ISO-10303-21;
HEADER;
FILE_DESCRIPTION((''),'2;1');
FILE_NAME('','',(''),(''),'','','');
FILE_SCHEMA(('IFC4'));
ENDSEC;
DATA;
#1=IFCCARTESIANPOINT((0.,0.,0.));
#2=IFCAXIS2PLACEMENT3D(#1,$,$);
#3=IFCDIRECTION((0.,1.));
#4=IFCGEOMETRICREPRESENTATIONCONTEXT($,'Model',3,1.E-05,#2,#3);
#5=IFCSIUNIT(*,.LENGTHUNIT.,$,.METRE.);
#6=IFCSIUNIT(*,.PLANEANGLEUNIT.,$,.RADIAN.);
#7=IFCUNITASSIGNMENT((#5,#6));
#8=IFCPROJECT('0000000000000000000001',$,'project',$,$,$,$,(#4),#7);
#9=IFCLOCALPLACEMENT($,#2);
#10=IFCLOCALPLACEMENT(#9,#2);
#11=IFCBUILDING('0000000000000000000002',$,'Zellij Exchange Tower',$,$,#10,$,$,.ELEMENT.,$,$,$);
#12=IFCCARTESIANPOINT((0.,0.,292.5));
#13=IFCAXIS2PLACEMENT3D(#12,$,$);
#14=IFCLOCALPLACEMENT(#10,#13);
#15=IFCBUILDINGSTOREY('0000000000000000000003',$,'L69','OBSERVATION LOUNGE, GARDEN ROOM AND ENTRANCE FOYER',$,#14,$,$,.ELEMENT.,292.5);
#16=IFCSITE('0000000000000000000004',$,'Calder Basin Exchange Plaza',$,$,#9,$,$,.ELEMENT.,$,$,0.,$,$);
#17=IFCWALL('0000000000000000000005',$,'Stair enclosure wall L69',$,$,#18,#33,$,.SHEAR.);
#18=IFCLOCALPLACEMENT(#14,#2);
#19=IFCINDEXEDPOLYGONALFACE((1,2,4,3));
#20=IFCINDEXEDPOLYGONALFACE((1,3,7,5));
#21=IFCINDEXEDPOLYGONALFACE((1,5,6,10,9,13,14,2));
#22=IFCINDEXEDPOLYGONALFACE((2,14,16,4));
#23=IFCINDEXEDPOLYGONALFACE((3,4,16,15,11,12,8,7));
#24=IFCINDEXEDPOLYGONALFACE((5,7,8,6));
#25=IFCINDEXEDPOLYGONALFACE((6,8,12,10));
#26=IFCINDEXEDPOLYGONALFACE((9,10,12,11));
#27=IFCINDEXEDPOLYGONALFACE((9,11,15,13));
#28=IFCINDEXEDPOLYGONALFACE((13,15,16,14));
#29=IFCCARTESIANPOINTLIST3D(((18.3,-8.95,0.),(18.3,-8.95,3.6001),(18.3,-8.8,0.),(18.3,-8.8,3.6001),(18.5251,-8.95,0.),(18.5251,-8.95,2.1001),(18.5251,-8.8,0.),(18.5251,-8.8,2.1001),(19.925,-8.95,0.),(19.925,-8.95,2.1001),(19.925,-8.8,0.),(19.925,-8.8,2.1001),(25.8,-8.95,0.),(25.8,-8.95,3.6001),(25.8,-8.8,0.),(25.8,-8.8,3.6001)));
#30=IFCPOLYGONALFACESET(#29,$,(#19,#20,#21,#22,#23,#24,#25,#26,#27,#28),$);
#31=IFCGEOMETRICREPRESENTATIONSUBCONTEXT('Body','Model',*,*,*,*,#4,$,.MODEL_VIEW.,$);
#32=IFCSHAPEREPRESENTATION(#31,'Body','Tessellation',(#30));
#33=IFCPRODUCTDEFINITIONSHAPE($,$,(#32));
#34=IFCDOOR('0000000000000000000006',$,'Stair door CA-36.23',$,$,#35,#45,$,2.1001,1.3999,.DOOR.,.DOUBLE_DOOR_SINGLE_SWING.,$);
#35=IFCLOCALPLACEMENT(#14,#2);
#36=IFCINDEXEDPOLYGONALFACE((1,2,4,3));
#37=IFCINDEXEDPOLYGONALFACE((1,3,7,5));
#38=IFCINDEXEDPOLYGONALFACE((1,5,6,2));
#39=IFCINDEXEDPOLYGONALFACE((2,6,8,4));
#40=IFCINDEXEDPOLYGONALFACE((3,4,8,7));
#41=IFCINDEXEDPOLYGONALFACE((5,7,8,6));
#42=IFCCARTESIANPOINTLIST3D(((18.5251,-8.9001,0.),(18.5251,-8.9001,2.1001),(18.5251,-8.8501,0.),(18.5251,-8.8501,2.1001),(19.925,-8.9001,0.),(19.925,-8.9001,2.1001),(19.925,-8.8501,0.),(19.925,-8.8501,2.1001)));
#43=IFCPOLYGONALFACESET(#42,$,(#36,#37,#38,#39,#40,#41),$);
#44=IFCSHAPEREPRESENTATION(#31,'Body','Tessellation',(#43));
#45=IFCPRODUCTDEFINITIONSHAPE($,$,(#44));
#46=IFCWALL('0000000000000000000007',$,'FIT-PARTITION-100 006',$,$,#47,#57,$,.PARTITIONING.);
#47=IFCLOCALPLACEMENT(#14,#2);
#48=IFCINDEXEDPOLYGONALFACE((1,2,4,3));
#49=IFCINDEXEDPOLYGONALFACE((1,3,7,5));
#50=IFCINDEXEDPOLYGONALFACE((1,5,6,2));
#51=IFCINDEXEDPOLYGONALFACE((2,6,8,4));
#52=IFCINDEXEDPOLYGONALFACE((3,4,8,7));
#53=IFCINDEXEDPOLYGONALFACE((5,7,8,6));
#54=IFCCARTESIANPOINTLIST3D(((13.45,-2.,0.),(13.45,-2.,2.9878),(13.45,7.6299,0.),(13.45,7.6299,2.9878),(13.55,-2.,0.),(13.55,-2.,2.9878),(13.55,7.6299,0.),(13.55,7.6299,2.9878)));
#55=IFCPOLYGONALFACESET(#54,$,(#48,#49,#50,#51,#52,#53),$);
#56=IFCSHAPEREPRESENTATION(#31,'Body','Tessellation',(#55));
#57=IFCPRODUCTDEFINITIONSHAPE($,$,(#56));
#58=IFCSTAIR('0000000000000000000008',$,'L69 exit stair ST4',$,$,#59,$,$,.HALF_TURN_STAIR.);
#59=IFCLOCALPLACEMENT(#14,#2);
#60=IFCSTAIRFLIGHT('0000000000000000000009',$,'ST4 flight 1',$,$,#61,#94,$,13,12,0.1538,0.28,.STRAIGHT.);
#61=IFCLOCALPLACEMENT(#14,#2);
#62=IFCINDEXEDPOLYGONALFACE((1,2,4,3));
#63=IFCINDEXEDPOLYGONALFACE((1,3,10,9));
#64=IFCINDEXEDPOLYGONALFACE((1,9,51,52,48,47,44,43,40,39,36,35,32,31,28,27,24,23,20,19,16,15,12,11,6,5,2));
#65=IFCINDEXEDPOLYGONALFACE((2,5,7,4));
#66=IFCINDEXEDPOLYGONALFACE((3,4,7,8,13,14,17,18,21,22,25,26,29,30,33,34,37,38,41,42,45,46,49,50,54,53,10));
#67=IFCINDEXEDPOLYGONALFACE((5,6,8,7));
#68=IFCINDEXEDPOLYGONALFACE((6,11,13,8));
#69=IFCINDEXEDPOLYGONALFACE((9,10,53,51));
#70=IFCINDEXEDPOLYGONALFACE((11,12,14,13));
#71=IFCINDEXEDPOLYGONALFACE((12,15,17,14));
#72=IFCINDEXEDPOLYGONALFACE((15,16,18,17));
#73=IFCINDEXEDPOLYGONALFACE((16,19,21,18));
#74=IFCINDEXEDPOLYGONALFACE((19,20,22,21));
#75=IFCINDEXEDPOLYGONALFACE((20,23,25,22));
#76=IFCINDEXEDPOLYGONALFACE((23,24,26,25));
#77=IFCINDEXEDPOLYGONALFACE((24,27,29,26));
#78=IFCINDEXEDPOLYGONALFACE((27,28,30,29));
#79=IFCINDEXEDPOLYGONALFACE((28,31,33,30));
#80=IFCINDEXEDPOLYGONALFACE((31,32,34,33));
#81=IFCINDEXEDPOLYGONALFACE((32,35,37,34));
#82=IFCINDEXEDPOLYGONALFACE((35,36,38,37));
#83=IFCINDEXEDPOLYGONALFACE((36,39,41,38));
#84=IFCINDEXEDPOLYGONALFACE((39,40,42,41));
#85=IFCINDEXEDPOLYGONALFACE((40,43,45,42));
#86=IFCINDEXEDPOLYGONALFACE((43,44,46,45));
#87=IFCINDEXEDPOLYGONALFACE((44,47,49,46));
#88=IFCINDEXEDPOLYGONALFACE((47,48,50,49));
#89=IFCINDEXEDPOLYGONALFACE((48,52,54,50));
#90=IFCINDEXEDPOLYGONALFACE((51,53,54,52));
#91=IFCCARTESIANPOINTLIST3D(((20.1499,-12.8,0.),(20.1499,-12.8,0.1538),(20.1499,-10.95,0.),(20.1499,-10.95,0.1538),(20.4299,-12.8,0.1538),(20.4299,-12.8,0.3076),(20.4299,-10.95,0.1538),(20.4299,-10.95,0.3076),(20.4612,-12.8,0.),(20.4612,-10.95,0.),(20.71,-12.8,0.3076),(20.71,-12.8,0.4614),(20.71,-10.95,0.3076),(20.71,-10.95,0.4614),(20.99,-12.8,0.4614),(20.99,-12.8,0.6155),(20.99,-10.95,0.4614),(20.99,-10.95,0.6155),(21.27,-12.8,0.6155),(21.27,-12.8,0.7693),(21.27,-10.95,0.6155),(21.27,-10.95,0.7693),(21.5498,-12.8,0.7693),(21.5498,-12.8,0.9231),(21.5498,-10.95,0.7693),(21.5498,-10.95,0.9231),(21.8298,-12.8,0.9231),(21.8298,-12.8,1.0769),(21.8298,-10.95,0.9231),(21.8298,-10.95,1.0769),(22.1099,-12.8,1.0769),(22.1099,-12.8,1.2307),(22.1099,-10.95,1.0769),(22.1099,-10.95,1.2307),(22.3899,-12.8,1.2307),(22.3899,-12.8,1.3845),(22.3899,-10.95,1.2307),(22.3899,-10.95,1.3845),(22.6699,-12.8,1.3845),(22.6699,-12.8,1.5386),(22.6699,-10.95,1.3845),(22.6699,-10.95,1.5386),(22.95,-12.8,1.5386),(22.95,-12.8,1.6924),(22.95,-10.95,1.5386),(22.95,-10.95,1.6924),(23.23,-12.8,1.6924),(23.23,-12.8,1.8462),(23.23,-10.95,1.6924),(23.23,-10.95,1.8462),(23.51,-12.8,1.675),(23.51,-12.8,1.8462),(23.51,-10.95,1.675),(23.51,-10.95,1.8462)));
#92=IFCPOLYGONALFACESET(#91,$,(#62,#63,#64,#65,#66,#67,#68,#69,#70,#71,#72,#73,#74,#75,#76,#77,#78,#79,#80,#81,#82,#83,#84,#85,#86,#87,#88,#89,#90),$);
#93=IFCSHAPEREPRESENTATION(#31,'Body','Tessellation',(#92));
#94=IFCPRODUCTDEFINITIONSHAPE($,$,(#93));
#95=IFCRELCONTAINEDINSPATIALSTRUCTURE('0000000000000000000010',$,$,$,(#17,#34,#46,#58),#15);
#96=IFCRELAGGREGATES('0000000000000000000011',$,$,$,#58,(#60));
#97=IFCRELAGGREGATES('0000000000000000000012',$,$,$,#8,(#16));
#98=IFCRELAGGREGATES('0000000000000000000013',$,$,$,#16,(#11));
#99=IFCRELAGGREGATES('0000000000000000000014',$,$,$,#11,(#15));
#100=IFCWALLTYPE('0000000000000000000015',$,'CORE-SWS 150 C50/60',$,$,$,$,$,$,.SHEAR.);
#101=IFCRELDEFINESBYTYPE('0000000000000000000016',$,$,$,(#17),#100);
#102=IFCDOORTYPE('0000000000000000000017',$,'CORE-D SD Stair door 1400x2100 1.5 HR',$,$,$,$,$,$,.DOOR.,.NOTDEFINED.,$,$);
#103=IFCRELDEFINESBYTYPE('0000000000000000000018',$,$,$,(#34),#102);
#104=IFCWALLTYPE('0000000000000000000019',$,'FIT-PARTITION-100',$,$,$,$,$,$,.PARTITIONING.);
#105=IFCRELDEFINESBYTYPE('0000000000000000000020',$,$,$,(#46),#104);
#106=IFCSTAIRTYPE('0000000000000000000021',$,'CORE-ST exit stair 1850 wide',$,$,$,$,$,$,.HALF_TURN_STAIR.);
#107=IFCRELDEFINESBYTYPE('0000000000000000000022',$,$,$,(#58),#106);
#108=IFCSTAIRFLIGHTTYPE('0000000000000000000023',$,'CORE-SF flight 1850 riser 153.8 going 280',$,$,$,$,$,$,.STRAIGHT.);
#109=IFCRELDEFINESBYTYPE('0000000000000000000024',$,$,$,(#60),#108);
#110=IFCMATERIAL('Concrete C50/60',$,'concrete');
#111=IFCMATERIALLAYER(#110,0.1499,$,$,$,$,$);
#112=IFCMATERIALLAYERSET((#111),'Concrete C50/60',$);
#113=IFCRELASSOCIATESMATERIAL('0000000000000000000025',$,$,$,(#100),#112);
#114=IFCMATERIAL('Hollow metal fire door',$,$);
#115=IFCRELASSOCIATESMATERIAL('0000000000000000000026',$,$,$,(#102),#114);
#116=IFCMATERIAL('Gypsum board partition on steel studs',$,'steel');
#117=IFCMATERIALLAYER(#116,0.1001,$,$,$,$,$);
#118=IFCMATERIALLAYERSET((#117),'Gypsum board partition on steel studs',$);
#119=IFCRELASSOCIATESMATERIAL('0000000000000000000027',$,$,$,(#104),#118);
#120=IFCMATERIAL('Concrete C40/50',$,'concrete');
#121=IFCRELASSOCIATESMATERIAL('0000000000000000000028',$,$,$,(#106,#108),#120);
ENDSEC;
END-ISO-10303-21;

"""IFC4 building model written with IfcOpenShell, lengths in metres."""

from ifc_helpers import new_model, si_unit, direction, frame, frame_2d, origin, place, context, subcontext, project, spatial, polyline, rectangle, outline, extrude, material, layer, layer_set, type_object, element, fill, aggregate, save


model = new_model("IFC4")

# Units and contexts
model_context = context("Model", 3, precision=1e-05, world=origin(), true_north=direction((0.0, 1.0)))
body_context = subcontext(model_context, "Body", "Model", "MODEL_VIEW")
ifc_project = project(units=[si_unit("LENGTHUNIT", "METRE"), si_unit("PLANEANGLEUNIT", "RADIAN")], contexts=[model_context])

# Site, building, storey
site_placement = place(None, origin())
site = spatial("IfcSite", under=ifc_project, at=site_placement, Name="Calder Basin Exchange Plaza", CompositionType="ELEMENT", RefElevation=0.0)
building_placement = place(site_placement, origin())
building = spatial("IfcBuilding", under=site, at=building_placement, Name="Zellij Exchange Tower", CompositionType="ELEMENT")
storey_placement = place(building_placement, frame((0.0, 0.0, 292.5)))
storey = spatial("IfcBuildingStorey", under=building, at=storey_placement, Name="L69", Description="OBSERVATION LOUNGE, GARDEN ROOM AND ENTRANCE FOYER", CompositionType="ELEMENT", Elevation=292.5)

# Shared definitions
ifc_material_1 = material(Name="Concrete C50/60", Category="concrete")

# Shared definitions
ifc_material_2 = material(Name="Hollow metal fire door")

# Wall, opening, door
ifc_layer_1 = layer(ifc_material_1, 0.1499)
ifc_layer_set_1 = layer_set([ifc_layer_1], Name="Concrete C50/60")
wall_type_1 = type_object("IfcWallType", Name="CORE-SWS 150 C50/60", PredefinedType="SHEAR", material=ifc_layer_set_1)
wall_1_placement = place(storey_placement, frame((18.3, -8.875, 0.0), z_axis=(0.0, 0.0, 1.0), x_axis=(1.0, 0.0, 0.0)))
wall_1 = element("IfcWall", 1, at=wall_1_placement, inside=storey, type_object=wall_type_1, Name="Stair enclosure wall L69", PredefinedType="SHEAR", context=body_context, shape_type="SweptSolid", body=[
    extrude(rectangle(XDim=7.5, YDim=0.1499, at=frame_2d((3.75, 0.0))), origin(), (0.0, 0.0, 1.0), 3.6001),
])
opening_1_placement = place(wall_1_placement, frame((0.2251, 0.0, 0.0)))
opening_1 = element("IfcOpeningElement", 2, at=opening_1_placement, cuts=wall_1, PredefinedType="OPENING", context=body_context, shape_type="SweptSolid", body=[
    extrude(rectangle(XDim=1.3999, YDim=2.1001, at=frame_2d((0.7, 1.05))), frame((0.0, 0.0869, 0.0), z_axis=(0.0, -1.0, 0.0), x_axis=(1.0, 0.0, 0.0)), (0.0, 0.0, 1.0), 0.1738),
])
door_type_1 = type_object("IfcDoorType", Name="CORE-D SD Stair door 1400x2100 1.5 HR", OperationType="NOTDEFINED", PredefinedType="DOOR", material=ifc_material_2)
door_1_placement = place(opening_1_placement, origin())
door_1 = element("IfcDoor", 3, at=door_1_placement, inside=storey, type_object=door_type_1, Name="Stair door CA-36.23", OperationType="DOUBLE_DOOR_SINGLE_SWING", OverallHeight=2.1001, OverallWidth=1.3999, PredefinedType="DOOR", context=body_context, shape_type="SweptSolid", body=[
    extrude(rectangle(XDim=1.3999, YDim=2.1001, at=frame_2d((0.7, 1.05))), frame((0.0, 0.0249, 0.0), z_axis=(0.0, -1.0, 0.0), x_axis=(1.0, 0.0, 0.0)), (0.0, 0.0, 1.0), 0.05),
])
fill(opening_1, door_1)

# Wall
ifc_material_3 = material(Name="Gypsum board partition on steel studs", Category="steel")
ifc_layer_2 = layer(ifc_material_3, 0.1001)
ifc_layer_set_2 = layer_set([ifc_layer_2], Name="Gypsum board partition on steel studs")
wall_type_2 = type_object("IfcWallType", Name="FIT-PARTITION-100", PredefinedType="PARTITIONING", material=ifc_layer_set_2)
wall_2_placement = place(storey_placement, frame((13.5, -2.0, 0.0), z_axis=(0.0, 0.0, 1.0), x_axis=(0.0, 1.0, 0.0)))
element("IfcWall", 4, at=wall_2_placement, inside=storey, type_object=wall_type_2, Name="FIT-PARTITION-100 006", PredefinedType="PARTITIONING", context=body_context, shape_type="SweptSolid", body=[
    extrude(rectangle(XDim=9.6299, YDim=0.1001, at=frame_2d((4.8149, 0.0))), origin(), (0.0, 0.0, 1.0), 2.9878),
])

# Stair, stair flight
ifc_material_4 = material(Name="Concrete C40/50", Category="concrete")
stair_type = type_object("IfcStairType", Name="CORE-ST exit stair 1850 wide", PredefinedType="HALF_TURN_STAIR", material=ifc_material_4)
stair_placement = place(storey_placement, origin())
stair = element("IfcStair", 5, at=stair_placement, inside=storey, type_object=stair_type, Name="L69 exit stair ST4", PredefinedType="HALF_TURN_STAIR")
stair_flight_type = type_object("IfcStairFlightType", Name="CORE-SF flight 1850 riser 153.8 going 280", PredefinedType="STRAIGHT", material=ifc_material_4)
stair_flight_placement = place(storey_placement, frame((20.1499, -11.875, 0.0), z_axis=(0.0, 0.0, 1.0), x_axis=(1.0, 0.0, 0.0)))
stair_flight = element("IfcStairFlight", 6, at=stair_flight_placement, type_object=stair_flight_type, Name="ST4 flight 1", NumberOfRisers=13, NumberOfTreads=12, PredefinedType="STRAIGHT", RiserHeight=0.1538, TreadLength=0.28, context=body_context, shape_type="SweptSolid", body=[
    extrude(outline(polyline([(0.0, 0.0), (0.0, 0.1538), (0.28, 0.1538), (0.28, 0.3076), (0.5601, 0.3076), (0.5601, 0.4614), (0.8401, 0.4614), (0.8401, 0.6155), (1.1201, 0.6155), (1.1201, 0.7693), (1.3999, 0.7693), (1.3999, 0.9231), (1.6799, 0.9231), (1.6799, 1.0769), (1.96, 1.0769), (1.96, 1.2307), (2.24, 1.2307), (2.24, 1.3845), (2.52, 1.3845), (2.52, 1.5386), (2.8, 1.5386), (2.8, 1.6924), (3.0801, 1.6924), (3.0801, 1.8462), (3.3601, 1.8462), (3.3601, 2.0), (3.3601, 1.675), (0.3113, 0.0), (0.0, 0.0)])), frame((0.0, 0.925, 0.0), z_axis=(0.0, -1.0, 0.0), x_axis=(1.0, 0.0, 0.0)), (0.0, 0.0, 1.0), 1.8501),
])
aggregate(stair, [stair_flight])

save(model, "model.ifc")
